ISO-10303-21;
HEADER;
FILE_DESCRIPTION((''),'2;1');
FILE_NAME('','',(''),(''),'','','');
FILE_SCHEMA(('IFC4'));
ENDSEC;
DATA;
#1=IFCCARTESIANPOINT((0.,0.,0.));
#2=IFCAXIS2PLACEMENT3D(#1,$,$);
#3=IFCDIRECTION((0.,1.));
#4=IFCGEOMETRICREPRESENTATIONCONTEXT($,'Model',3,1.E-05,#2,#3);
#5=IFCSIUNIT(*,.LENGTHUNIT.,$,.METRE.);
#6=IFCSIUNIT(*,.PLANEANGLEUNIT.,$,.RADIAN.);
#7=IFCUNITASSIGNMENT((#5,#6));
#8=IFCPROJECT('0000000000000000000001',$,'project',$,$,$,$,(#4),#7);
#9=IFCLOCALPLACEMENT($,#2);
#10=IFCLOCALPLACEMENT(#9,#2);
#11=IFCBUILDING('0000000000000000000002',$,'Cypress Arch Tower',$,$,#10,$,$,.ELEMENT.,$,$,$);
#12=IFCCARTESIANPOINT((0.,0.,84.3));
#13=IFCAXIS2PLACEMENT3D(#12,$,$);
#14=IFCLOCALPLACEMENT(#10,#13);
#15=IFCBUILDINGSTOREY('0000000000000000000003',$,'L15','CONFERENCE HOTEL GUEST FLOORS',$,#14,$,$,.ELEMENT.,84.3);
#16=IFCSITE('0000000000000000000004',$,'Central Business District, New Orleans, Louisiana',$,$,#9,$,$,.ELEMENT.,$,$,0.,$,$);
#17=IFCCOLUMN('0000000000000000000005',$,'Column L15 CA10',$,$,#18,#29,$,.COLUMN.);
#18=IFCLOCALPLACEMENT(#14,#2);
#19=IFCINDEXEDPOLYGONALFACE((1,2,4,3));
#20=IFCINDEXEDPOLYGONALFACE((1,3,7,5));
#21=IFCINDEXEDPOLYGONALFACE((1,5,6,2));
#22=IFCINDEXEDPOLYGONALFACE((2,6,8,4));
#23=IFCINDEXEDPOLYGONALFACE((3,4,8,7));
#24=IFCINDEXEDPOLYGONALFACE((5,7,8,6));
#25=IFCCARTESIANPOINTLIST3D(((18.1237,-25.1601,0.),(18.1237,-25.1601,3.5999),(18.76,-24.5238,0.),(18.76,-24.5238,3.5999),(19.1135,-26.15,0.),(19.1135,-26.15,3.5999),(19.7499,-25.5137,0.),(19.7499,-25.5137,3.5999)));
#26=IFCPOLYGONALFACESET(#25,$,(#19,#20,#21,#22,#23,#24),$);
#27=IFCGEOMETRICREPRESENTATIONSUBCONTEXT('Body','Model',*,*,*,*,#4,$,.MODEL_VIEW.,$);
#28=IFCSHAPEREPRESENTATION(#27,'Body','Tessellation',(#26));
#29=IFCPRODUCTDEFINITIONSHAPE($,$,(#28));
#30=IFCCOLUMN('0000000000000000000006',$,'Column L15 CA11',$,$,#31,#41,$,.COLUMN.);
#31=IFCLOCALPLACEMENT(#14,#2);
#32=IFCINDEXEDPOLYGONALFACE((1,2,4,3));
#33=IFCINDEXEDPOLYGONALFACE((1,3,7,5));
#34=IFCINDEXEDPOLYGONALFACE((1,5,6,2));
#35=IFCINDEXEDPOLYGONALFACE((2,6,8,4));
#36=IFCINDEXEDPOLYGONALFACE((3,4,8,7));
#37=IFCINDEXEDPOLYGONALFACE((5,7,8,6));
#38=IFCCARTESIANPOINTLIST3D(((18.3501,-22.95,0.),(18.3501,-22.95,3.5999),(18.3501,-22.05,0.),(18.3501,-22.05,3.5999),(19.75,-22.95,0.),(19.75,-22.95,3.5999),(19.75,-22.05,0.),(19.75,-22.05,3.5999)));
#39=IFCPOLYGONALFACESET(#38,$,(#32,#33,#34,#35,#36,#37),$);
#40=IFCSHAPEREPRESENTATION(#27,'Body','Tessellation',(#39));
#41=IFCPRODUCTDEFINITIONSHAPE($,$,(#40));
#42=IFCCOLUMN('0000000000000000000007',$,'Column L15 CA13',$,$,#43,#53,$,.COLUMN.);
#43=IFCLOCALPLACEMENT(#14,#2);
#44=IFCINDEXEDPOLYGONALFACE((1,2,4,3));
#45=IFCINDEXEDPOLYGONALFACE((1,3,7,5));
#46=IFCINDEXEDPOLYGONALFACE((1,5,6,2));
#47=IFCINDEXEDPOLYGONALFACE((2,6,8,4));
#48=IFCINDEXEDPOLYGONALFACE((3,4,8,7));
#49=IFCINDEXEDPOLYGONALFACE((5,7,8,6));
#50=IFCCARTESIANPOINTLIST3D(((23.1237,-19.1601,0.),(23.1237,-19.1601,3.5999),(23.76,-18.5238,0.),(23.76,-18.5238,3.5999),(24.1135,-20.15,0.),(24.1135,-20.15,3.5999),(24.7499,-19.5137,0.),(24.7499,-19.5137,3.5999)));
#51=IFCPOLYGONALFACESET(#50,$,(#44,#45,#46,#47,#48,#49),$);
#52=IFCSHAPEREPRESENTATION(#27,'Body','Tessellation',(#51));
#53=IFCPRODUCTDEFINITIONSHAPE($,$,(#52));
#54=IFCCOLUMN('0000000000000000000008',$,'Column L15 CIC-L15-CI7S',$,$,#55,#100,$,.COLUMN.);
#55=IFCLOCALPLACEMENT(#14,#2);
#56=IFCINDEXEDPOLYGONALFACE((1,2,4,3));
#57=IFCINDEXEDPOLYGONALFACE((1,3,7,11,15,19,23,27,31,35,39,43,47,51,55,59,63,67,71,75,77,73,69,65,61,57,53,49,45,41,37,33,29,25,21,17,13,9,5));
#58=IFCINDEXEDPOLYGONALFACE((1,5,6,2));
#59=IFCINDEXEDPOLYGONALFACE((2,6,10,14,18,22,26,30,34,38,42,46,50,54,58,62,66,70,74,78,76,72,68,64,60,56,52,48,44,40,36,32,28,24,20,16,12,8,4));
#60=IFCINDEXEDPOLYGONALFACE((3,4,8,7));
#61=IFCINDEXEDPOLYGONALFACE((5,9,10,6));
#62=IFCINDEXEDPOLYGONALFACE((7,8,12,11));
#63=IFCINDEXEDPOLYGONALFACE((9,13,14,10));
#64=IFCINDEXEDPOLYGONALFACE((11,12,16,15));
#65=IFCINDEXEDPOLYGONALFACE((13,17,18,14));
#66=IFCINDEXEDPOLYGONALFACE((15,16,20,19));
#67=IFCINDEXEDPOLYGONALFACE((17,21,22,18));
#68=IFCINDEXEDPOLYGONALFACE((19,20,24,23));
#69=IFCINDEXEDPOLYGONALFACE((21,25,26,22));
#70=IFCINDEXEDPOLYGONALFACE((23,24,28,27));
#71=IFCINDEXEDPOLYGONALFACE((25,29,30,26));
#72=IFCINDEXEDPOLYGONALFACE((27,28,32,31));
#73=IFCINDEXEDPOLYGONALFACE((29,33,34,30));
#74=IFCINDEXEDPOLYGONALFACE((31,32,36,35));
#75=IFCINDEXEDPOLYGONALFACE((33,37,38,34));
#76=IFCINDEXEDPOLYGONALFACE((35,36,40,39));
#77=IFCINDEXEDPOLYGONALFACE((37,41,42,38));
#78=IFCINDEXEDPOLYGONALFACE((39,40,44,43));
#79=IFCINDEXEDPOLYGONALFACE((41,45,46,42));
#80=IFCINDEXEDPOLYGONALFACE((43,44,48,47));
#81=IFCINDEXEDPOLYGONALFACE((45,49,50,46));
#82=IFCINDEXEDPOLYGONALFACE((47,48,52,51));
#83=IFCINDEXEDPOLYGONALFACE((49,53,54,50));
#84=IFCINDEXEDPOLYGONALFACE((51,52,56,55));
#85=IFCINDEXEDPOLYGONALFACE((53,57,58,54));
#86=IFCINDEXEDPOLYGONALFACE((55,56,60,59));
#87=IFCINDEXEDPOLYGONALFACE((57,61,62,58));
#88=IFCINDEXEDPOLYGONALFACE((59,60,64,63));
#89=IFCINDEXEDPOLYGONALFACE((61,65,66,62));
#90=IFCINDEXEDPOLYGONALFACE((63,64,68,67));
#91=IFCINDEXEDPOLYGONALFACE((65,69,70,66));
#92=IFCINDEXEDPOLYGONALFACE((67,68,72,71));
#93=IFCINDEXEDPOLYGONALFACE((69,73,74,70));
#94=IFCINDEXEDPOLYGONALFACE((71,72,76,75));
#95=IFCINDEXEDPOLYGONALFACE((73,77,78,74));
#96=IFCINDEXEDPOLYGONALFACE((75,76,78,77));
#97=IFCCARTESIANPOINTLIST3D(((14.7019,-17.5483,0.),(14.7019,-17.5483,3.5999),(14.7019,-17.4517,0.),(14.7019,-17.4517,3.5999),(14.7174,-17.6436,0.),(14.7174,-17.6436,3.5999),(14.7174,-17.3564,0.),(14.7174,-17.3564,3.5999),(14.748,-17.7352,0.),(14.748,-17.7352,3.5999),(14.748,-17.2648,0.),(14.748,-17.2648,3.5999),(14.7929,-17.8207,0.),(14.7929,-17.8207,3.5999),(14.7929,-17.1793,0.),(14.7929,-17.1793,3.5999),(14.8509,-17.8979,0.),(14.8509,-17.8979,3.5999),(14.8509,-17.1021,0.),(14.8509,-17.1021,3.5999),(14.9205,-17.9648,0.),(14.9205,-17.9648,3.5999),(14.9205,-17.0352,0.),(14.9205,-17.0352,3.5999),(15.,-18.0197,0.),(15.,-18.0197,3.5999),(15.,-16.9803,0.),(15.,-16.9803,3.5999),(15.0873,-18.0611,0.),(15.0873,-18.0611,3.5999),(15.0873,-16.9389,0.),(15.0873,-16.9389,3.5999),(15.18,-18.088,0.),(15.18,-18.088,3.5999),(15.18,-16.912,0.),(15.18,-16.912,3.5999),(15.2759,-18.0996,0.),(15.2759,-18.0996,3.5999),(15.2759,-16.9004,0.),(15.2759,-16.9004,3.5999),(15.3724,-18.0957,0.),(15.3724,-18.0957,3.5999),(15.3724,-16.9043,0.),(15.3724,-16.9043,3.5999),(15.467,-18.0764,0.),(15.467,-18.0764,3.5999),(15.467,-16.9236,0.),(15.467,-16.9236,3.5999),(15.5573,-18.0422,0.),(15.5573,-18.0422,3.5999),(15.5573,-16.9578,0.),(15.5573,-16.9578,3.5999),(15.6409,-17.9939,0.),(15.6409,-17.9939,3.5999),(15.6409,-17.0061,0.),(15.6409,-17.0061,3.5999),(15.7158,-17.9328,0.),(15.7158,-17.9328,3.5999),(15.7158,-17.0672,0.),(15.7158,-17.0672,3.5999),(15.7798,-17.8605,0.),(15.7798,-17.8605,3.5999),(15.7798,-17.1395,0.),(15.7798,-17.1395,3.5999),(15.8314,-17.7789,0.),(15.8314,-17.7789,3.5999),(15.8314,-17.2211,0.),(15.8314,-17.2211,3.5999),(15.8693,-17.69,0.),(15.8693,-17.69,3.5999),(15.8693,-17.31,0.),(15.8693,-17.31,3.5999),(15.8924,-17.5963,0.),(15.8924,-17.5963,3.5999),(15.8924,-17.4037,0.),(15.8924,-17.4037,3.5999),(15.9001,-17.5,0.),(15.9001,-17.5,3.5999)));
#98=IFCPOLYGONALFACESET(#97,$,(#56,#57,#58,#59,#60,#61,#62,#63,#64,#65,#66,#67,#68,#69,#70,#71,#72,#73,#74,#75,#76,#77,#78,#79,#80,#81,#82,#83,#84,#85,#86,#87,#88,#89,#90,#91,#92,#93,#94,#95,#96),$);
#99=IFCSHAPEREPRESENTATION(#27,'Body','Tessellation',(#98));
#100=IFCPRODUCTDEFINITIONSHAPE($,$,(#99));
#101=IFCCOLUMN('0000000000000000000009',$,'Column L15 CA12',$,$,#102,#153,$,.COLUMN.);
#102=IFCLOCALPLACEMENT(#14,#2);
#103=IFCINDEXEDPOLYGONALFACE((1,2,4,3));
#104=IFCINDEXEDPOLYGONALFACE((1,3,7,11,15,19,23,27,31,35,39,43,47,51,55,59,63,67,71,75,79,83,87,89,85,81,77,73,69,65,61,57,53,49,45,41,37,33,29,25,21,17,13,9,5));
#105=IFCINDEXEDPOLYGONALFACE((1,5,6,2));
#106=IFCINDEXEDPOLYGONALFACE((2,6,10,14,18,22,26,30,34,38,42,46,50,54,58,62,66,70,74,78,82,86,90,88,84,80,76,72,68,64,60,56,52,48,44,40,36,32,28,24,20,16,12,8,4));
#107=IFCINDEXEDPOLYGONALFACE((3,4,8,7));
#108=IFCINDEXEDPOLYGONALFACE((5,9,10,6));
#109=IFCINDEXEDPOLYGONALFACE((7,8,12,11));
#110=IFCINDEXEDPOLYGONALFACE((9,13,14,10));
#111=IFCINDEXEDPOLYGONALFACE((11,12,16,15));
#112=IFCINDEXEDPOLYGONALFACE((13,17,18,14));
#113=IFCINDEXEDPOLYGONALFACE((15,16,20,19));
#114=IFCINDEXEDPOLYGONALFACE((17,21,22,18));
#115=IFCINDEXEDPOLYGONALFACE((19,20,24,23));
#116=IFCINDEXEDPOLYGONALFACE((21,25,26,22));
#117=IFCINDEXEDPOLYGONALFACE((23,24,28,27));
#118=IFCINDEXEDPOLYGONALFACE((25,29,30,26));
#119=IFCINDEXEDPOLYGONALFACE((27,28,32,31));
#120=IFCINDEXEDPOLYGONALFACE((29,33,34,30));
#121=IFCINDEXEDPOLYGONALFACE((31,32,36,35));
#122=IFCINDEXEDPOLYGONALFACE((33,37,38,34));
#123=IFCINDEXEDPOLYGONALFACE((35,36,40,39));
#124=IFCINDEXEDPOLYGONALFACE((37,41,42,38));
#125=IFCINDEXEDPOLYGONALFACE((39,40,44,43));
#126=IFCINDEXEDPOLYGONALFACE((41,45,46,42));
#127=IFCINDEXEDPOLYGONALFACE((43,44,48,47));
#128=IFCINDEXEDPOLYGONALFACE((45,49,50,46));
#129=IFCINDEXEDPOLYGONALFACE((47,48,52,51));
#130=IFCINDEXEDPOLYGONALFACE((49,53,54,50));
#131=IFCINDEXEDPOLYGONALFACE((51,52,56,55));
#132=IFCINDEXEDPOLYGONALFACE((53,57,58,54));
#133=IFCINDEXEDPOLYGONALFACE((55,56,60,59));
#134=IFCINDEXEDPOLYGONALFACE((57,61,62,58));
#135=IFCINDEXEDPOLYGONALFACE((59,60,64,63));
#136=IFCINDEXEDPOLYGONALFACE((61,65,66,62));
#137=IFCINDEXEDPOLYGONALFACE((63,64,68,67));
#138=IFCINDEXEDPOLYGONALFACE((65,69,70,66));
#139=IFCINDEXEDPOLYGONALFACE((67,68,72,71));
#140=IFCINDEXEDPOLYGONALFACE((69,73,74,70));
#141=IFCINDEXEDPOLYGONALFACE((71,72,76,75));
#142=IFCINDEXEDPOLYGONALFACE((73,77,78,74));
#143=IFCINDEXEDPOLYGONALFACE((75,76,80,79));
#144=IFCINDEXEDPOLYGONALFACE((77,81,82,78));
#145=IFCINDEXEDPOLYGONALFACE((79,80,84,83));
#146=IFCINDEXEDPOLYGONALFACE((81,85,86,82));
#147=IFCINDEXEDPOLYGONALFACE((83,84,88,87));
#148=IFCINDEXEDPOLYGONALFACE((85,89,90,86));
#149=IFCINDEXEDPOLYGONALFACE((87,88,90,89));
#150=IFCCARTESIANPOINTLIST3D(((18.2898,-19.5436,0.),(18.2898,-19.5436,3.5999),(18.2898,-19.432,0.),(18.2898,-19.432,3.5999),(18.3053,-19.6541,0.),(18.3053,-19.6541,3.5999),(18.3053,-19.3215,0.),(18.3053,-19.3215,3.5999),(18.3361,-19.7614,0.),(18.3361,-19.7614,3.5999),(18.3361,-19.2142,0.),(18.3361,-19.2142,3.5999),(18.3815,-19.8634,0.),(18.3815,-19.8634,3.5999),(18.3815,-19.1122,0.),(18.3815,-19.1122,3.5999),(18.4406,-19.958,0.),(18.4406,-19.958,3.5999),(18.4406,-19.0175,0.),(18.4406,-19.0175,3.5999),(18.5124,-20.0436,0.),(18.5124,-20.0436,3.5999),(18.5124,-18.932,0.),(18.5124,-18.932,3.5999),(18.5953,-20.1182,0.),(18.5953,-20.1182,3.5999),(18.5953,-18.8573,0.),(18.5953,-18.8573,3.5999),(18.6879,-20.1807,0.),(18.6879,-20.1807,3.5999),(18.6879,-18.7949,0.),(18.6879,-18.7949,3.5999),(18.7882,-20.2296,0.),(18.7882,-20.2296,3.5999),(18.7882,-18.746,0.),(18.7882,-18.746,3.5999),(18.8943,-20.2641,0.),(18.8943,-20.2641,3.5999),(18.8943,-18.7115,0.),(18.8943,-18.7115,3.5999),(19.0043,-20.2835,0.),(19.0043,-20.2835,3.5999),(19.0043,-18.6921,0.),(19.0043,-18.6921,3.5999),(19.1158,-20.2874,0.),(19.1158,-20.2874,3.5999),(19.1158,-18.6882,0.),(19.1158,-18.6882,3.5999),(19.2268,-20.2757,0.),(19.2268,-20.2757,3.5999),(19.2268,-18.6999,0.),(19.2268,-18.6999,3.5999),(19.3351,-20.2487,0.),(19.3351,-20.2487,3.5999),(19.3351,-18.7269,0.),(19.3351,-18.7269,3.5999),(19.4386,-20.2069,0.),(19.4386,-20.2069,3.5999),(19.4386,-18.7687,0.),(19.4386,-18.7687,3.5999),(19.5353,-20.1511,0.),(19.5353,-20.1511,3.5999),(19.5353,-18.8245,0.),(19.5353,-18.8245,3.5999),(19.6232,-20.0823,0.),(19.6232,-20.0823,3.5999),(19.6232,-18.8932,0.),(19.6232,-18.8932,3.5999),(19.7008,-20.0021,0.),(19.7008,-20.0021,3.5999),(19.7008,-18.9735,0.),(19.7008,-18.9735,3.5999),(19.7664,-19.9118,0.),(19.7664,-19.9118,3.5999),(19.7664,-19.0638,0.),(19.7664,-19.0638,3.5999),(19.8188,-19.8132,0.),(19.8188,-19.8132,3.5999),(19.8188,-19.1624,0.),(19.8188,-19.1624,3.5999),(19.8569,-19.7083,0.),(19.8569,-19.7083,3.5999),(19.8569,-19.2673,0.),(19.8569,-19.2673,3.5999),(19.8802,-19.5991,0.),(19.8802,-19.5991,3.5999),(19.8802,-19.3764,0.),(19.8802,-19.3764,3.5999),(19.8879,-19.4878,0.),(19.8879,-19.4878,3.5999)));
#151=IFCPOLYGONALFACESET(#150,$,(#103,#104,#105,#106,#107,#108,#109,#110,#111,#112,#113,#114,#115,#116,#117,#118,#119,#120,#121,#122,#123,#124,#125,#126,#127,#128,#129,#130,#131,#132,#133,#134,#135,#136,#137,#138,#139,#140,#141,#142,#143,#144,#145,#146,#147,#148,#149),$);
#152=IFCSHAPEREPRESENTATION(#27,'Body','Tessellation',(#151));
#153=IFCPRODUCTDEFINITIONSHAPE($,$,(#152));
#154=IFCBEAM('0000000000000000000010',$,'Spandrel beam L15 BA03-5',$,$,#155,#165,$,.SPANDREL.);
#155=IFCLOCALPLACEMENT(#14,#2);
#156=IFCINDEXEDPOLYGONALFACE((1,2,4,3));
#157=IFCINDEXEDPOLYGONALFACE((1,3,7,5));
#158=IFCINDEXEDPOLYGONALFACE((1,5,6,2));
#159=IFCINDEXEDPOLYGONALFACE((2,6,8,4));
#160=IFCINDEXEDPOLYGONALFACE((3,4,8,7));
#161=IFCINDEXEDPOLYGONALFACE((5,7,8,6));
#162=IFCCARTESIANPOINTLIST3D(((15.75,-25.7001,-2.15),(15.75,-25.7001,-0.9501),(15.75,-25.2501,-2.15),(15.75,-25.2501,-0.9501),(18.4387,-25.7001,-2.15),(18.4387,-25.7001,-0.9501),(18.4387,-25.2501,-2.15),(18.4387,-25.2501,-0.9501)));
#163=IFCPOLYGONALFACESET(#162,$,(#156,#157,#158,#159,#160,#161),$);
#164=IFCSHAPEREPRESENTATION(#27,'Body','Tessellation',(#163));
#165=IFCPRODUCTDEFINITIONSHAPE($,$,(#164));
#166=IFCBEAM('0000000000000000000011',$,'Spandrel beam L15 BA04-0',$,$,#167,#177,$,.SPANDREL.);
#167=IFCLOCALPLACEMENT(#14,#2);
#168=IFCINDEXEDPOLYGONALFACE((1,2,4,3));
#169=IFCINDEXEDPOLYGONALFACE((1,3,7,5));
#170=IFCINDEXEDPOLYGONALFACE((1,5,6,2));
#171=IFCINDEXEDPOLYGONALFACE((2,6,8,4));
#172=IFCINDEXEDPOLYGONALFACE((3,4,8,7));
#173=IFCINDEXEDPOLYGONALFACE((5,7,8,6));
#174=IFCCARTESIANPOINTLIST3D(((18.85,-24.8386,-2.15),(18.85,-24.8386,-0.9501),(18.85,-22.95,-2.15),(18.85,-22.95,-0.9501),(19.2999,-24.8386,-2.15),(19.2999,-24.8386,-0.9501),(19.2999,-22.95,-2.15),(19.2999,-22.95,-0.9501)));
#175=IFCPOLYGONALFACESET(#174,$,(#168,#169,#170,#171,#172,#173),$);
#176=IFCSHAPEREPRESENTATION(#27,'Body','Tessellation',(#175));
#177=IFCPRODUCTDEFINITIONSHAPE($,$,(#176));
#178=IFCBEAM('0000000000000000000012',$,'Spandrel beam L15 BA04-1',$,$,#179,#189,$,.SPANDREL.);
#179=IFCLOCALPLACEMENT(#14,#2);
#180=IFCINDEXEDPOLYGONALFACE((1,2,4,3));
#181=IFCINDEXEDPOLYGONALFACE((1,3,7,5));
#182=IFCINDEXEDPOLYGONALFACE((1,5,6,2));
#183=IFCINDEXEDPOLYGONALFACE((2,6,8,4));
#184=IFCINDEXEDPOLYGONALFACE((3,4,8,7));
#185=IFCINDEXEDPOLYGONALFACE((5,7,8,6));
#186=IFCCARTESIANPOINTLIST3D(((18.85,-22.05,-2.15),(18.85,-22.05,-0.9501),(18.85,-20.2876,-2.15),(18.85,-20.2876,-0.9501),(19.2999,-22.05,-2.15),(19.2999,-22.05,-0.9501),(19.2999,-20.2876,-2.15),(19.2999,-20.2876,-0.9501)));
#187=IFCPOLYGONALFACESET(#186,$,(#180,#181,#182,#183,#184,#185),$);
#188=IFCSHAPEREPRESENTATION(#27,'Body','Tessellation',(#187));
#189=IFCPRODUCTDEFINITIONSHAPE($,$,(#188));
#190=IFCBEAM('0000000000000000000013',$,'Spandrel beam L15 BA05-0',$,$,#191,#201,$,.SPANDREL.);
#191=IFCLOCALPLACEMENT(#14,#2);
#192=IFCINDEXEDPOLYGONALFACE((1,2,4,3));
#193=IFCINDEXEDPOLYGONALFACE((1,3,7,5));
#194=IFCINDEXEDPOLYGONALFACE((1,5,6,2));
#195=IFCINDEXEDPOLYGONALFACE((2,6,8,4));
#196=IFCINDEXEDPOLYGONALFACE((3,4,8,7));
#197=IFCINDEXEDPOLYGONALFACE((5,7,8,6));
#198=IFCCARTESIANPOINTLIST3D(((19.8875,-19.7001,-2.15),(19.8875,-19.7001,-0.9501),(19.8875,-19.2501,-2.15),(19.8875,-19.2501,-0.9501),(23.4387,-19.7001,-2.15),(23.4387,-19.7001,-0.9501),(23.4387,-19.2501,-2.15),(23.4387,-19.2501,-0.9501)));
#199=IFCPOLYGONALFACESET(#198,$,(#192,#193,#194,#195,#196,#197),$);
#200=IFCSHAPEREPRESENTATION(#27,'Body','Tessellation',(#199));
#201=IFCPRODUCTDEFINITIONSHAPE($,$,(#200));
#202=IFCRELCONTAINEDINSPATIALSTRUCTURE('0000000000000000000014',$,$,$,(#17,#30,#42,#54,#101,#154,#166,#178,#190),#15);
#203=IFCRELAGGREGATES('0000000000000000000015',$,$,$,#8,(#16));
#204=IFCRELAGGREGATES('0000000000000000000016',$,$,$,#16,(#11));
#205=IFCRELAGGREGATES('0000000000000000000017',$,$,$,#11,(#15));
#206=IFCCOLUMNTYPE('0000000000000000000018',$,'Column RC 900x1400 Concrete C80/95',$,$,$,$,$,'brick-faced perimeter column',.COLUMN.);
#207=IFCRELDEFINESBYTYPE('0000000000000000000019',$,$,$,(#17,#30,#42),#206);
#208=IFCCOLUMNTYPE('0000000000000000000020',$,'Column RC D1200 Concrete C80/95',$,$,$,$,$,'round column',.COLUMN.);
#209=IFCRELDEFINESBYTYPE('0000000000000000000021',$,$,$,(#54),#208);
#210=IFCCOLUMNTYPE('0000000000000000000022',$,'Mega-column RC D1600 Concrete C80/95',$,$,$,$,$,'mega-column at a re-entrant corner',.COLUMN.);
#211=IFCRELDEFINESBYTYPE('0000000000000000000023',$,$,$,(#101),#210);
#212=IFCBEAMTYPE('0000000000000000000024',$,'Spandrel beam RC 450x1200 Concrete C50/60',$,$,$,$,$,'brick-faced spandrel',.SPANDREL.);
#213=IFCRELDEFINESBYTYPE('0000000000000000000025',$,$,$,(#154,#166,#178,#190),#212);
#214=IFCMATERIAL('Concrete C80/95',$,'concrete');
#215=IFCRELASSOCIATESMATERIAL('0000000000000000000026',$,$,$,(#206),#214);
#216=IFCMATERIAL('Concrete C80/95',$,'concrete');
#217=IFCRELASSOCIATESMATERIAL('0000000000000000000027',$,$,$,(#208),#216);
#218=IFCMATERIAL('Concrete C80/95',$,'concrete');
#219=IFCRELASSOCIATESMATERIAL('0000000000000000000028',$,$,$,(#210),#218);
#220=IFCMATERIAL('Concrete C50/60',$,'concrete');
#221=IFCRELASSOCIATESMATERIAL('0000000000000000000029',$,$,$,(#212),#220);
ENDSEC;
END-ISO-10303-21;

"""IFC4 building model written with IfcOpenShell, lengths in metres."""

from ifc_helpers import new_model, si_unit, direction, frame, origin, origin_2d, place, context, subcontext, project, spatial, rectangle, circle, extrude, material, material_profile, profile_set, type_object, element, save


model = new_model("IFC4")

# Units and contexts
model_context = context("Model", 3, precision=1e-05, world=origin(), true_north=direction((0.0, 1.0)))
body_context = subcontext(model_context, "Body", "Model", "MODEL_VIEW")
ifc_project = project(units=[si_unit("LENGTHUNIT", "METRE"), si_unit("PLANEANGLEUNIT", "RADIAN")], contexts=[model_context])

# Site, building, storey
site_placement = place(None, origin())
site = spatial("IfcSite", under=ifc_project, at=site_placement, Name="Central Business District, New Orleans, Louisiana", CompositionType="ELEMENT", RefElevation=0.0)
building_placement = place(site_placement, origin())
building = spatial("IfcBuilding", under=site, at=building_placement, Name="Cypress Arch Tower", CompositionType="ELEMENT")
storey_placement = place(building_placement, frame((0.0, 0.0, 84.3)))
storey = spatial("IfcBuildingStorey", under=building, at=storey_placement, Name="L15", Description="CONFERENCE HOTEL GUEST FLOORS", CompositionType="ELEMENT", Elevation=84.3)

# Columns
ifc_material_1 = material(Name="Concrete C80/95", Category="concrete")
ifc_material_profile_1 = material_profile(ifc_material_1, rectangle(XDim=0.8999, YDim=1.3999, at=origin_2d()), Name="RC 900x1400")
ifc_profile_set_1 = profile_set([ifc_material_profile_1], Name="Concrete C80/95")
column_type_1 = type_object("IfcColumnType", Name="Column RC 900x1400 Concrete C80/95", ElementType="brick-faced perimeter column", PredefinedType="COLUMN", material=ifc_profile_set_1)
for number, where, z_axis, x_axis, name in (
    (1, (18.9368, -25.3369, 0.0), (0.0, 0.0, 1.0), (0.707107, 0.707107, 0.0), "Column L15 CA10"),
    (2, (19.05, -22.5, 0.0), (0.0, 0.0, 1.0), (0.0, 1.0, 0.0), "Column L15 CA11"),
    (3, (23.9368, -19.3369, 0.0), (0.0, 0.0, 1.0), (0.707107, 0.707107, 0.0), "Column L15 CA13"),
):
    element("IfcColumn", number, at=place(storey_placement, frame(where, z_axis=z_axis, x_axis=x_axis)), inside=storey, type_object=column_type_1, Name=name, PredefinedType="COLUMN", context=body_context, shape_type="SweptSolid", body=[
        extrude(rectangle(XDim=0.8999, YDim=1.3999, at=origin_2d()), origin(), (0.0, 0.0, 1.0), 3.5999),
    ])
ifc_material_2 = material(Name="Concrete C80/95", Category="concrete")
ifc_material_profile_2 = material_profile(ifc_material_2, circle(Radius=0.6001, at=origin_2d()), Name="RC D1200")
ifc_profile_set_2 = profile_set([ifc_material_profile_2], Name="Concrete C80/95")
column_type_2 = type_object("IfcColumnType", Name="Column RC D1200 Concrete C80/95", ElementType="round column", PredefinedType="COLUMN", material=ifc_profile_set_2)
column_1_placement = place(storey_placement, frame((15.3, -17.5, 0.0), z_axis=(0.0, 0.0, 1.0), x_axis=(1.0, 0.0, 0.0)))
element("IfcColumn", 4, at=column_1_placement, inside=storey, type_object=column_type_2, Name="Column L15 CIC-L15-CI7S", PredefinedType="COLUMN", context=body_context, shape_type="SweptSolid", body=[
    extrude(circle(Radius=0.6001, at=origin_2d()), origin(), (0.0, 0.0, 1.0), 3.5999),
])
ifc_material_3 = material(Name="Concrete C80/95", Category="concrete")
ifc_material_profile_3 = material_profile(ifc_material_3, circle(Radius=0.8, at=origin_2d()), Name="RC D1600")
ifc_profile_set_3 = profile_set([ifc_material_profile_3], Name="Concrete C80/95")
column_type_3 = type_object("IfcColumnType", Name="Mega-column RC D1600 Concrete C80/95", ElementType="mega-column at a re-entrant corner", PredefinedType="COLUMN", material=ifc_profile_set_3)
column_2_placement = place(storey_placement, frame((19.0879, -19.4878, 0.0), z_axis=(0.0, 0.0, 1.0), x_axis=(1.0, 0.0, 0.0)))
element("IfcColumn", 5, at=column_2_placement, inside=storey, type_object=column_type_3, Name="Column L15 CA12", PredefinedType="COLUMN", context=body_context, shape_type="SweptSolid", body=[
    extrude(circle(Radius=0.8, at=origin_2d()), origin(), (0.0, 0.0, 1.0), 3.5999),
])

# Beams
ifc_material_4 = material(Name="Concrete C50/60", Category="concrete")
ifc_material_profile_4 = material_profile(ifc_material_4, rectangle(XDim=0.45, YDim=1.2, at=origin_2d()), Name="RC 450x1200")
ifc_profile_set_4 = profile_set([ifc_material_profile_4], Name="Concrete C50/60")
beam_type = type_object("IfcBeamType", Name="Spandrel beam RC 450x1200 Concrete C50/60", ElementType="brick-faced spandrel", PredefinedType="SPANDREL", material=ifc_profile_set_4)
beam_1_placement = place(storey_placement, frame((15.75, -25.4751, -1.55), z_axis=(1.0, 0.0, 0.0), x_axis=(0.0, 1.0, 0.0)))
element("IfcBeam", 6, at=beam_1_placement, inside=storey, type_object=beam_type, Name="Spandrel beam L15 BA03-5", PredefinedType="SPANDREL", context=body_context, shape_type="SweptSolid", body=[
    extrude(rectangle(XDim=0.45, YDim=1.2, at=origin_2d()), origin(), (0.0, 0.0, 1.0), 2.6887),
])
beam_2_placement = place(storey_placement, frame((19.075, -24.8386, -1.55), z_axis=(0.0, 1.0, 0.0), x_axis=(-1.0, 0.0, 0.0)))
element("IfcBeam", 7, at=beam_2_placement, inside=storey, type_object=beam_type, Name="Spandrel beam L15 BA04-0", PredefinedType="SPANDREL", context=body_context, shape_type="SweptSolid", body=[
    extrude(rectangle(XDim=0.45, YDim=1.2, at=origin_2d()), origin(), (0.0, 0.0, 1.0), 1.8887),
])
beam_3_placement = place(storey_placement, frame((19.075, -22.05, -1.55), z_axis=(0.0, 1.0, 0.0), x_axis=(-1.0, 0.0, 0.0)))
element("IfcBeam", 8, at=beam_3_placement, inside=storey, type_object=beam_type, Name="Spandrel beam L15 BA04-1", PredefinedType="SPANDREL", context=body_context, shape_type="SweptSolid", body=[
    extrude(rectangle(XDim=0.45, YDim=1.2, at=origin_2d()), origin(), (0.0, 0.0, 1.0), 1.7625),
])
beam_4_placement = place(storey_placement, frame((19.8875, -19.4751, -1.55), z_axis=(1.0, 0.0, 0.0), x_axis=(0.0, 1.0, 0.0)))
element("IfcBeam", 9, at=beam_4_placement, inside=storey, type_object=beam_type, Name="Spandrel beam L15 BA05-0", PredefinedType="SPANDREL", context=body_context, shape_type="SweptSolid", body=[
    extrude(rectangle(XDim=0.45, YDim=1.2, at=origin_2d()), origin(), (0.0, 0.0, 1.0), 3.5513),
])

save(model, "model.ifc")
